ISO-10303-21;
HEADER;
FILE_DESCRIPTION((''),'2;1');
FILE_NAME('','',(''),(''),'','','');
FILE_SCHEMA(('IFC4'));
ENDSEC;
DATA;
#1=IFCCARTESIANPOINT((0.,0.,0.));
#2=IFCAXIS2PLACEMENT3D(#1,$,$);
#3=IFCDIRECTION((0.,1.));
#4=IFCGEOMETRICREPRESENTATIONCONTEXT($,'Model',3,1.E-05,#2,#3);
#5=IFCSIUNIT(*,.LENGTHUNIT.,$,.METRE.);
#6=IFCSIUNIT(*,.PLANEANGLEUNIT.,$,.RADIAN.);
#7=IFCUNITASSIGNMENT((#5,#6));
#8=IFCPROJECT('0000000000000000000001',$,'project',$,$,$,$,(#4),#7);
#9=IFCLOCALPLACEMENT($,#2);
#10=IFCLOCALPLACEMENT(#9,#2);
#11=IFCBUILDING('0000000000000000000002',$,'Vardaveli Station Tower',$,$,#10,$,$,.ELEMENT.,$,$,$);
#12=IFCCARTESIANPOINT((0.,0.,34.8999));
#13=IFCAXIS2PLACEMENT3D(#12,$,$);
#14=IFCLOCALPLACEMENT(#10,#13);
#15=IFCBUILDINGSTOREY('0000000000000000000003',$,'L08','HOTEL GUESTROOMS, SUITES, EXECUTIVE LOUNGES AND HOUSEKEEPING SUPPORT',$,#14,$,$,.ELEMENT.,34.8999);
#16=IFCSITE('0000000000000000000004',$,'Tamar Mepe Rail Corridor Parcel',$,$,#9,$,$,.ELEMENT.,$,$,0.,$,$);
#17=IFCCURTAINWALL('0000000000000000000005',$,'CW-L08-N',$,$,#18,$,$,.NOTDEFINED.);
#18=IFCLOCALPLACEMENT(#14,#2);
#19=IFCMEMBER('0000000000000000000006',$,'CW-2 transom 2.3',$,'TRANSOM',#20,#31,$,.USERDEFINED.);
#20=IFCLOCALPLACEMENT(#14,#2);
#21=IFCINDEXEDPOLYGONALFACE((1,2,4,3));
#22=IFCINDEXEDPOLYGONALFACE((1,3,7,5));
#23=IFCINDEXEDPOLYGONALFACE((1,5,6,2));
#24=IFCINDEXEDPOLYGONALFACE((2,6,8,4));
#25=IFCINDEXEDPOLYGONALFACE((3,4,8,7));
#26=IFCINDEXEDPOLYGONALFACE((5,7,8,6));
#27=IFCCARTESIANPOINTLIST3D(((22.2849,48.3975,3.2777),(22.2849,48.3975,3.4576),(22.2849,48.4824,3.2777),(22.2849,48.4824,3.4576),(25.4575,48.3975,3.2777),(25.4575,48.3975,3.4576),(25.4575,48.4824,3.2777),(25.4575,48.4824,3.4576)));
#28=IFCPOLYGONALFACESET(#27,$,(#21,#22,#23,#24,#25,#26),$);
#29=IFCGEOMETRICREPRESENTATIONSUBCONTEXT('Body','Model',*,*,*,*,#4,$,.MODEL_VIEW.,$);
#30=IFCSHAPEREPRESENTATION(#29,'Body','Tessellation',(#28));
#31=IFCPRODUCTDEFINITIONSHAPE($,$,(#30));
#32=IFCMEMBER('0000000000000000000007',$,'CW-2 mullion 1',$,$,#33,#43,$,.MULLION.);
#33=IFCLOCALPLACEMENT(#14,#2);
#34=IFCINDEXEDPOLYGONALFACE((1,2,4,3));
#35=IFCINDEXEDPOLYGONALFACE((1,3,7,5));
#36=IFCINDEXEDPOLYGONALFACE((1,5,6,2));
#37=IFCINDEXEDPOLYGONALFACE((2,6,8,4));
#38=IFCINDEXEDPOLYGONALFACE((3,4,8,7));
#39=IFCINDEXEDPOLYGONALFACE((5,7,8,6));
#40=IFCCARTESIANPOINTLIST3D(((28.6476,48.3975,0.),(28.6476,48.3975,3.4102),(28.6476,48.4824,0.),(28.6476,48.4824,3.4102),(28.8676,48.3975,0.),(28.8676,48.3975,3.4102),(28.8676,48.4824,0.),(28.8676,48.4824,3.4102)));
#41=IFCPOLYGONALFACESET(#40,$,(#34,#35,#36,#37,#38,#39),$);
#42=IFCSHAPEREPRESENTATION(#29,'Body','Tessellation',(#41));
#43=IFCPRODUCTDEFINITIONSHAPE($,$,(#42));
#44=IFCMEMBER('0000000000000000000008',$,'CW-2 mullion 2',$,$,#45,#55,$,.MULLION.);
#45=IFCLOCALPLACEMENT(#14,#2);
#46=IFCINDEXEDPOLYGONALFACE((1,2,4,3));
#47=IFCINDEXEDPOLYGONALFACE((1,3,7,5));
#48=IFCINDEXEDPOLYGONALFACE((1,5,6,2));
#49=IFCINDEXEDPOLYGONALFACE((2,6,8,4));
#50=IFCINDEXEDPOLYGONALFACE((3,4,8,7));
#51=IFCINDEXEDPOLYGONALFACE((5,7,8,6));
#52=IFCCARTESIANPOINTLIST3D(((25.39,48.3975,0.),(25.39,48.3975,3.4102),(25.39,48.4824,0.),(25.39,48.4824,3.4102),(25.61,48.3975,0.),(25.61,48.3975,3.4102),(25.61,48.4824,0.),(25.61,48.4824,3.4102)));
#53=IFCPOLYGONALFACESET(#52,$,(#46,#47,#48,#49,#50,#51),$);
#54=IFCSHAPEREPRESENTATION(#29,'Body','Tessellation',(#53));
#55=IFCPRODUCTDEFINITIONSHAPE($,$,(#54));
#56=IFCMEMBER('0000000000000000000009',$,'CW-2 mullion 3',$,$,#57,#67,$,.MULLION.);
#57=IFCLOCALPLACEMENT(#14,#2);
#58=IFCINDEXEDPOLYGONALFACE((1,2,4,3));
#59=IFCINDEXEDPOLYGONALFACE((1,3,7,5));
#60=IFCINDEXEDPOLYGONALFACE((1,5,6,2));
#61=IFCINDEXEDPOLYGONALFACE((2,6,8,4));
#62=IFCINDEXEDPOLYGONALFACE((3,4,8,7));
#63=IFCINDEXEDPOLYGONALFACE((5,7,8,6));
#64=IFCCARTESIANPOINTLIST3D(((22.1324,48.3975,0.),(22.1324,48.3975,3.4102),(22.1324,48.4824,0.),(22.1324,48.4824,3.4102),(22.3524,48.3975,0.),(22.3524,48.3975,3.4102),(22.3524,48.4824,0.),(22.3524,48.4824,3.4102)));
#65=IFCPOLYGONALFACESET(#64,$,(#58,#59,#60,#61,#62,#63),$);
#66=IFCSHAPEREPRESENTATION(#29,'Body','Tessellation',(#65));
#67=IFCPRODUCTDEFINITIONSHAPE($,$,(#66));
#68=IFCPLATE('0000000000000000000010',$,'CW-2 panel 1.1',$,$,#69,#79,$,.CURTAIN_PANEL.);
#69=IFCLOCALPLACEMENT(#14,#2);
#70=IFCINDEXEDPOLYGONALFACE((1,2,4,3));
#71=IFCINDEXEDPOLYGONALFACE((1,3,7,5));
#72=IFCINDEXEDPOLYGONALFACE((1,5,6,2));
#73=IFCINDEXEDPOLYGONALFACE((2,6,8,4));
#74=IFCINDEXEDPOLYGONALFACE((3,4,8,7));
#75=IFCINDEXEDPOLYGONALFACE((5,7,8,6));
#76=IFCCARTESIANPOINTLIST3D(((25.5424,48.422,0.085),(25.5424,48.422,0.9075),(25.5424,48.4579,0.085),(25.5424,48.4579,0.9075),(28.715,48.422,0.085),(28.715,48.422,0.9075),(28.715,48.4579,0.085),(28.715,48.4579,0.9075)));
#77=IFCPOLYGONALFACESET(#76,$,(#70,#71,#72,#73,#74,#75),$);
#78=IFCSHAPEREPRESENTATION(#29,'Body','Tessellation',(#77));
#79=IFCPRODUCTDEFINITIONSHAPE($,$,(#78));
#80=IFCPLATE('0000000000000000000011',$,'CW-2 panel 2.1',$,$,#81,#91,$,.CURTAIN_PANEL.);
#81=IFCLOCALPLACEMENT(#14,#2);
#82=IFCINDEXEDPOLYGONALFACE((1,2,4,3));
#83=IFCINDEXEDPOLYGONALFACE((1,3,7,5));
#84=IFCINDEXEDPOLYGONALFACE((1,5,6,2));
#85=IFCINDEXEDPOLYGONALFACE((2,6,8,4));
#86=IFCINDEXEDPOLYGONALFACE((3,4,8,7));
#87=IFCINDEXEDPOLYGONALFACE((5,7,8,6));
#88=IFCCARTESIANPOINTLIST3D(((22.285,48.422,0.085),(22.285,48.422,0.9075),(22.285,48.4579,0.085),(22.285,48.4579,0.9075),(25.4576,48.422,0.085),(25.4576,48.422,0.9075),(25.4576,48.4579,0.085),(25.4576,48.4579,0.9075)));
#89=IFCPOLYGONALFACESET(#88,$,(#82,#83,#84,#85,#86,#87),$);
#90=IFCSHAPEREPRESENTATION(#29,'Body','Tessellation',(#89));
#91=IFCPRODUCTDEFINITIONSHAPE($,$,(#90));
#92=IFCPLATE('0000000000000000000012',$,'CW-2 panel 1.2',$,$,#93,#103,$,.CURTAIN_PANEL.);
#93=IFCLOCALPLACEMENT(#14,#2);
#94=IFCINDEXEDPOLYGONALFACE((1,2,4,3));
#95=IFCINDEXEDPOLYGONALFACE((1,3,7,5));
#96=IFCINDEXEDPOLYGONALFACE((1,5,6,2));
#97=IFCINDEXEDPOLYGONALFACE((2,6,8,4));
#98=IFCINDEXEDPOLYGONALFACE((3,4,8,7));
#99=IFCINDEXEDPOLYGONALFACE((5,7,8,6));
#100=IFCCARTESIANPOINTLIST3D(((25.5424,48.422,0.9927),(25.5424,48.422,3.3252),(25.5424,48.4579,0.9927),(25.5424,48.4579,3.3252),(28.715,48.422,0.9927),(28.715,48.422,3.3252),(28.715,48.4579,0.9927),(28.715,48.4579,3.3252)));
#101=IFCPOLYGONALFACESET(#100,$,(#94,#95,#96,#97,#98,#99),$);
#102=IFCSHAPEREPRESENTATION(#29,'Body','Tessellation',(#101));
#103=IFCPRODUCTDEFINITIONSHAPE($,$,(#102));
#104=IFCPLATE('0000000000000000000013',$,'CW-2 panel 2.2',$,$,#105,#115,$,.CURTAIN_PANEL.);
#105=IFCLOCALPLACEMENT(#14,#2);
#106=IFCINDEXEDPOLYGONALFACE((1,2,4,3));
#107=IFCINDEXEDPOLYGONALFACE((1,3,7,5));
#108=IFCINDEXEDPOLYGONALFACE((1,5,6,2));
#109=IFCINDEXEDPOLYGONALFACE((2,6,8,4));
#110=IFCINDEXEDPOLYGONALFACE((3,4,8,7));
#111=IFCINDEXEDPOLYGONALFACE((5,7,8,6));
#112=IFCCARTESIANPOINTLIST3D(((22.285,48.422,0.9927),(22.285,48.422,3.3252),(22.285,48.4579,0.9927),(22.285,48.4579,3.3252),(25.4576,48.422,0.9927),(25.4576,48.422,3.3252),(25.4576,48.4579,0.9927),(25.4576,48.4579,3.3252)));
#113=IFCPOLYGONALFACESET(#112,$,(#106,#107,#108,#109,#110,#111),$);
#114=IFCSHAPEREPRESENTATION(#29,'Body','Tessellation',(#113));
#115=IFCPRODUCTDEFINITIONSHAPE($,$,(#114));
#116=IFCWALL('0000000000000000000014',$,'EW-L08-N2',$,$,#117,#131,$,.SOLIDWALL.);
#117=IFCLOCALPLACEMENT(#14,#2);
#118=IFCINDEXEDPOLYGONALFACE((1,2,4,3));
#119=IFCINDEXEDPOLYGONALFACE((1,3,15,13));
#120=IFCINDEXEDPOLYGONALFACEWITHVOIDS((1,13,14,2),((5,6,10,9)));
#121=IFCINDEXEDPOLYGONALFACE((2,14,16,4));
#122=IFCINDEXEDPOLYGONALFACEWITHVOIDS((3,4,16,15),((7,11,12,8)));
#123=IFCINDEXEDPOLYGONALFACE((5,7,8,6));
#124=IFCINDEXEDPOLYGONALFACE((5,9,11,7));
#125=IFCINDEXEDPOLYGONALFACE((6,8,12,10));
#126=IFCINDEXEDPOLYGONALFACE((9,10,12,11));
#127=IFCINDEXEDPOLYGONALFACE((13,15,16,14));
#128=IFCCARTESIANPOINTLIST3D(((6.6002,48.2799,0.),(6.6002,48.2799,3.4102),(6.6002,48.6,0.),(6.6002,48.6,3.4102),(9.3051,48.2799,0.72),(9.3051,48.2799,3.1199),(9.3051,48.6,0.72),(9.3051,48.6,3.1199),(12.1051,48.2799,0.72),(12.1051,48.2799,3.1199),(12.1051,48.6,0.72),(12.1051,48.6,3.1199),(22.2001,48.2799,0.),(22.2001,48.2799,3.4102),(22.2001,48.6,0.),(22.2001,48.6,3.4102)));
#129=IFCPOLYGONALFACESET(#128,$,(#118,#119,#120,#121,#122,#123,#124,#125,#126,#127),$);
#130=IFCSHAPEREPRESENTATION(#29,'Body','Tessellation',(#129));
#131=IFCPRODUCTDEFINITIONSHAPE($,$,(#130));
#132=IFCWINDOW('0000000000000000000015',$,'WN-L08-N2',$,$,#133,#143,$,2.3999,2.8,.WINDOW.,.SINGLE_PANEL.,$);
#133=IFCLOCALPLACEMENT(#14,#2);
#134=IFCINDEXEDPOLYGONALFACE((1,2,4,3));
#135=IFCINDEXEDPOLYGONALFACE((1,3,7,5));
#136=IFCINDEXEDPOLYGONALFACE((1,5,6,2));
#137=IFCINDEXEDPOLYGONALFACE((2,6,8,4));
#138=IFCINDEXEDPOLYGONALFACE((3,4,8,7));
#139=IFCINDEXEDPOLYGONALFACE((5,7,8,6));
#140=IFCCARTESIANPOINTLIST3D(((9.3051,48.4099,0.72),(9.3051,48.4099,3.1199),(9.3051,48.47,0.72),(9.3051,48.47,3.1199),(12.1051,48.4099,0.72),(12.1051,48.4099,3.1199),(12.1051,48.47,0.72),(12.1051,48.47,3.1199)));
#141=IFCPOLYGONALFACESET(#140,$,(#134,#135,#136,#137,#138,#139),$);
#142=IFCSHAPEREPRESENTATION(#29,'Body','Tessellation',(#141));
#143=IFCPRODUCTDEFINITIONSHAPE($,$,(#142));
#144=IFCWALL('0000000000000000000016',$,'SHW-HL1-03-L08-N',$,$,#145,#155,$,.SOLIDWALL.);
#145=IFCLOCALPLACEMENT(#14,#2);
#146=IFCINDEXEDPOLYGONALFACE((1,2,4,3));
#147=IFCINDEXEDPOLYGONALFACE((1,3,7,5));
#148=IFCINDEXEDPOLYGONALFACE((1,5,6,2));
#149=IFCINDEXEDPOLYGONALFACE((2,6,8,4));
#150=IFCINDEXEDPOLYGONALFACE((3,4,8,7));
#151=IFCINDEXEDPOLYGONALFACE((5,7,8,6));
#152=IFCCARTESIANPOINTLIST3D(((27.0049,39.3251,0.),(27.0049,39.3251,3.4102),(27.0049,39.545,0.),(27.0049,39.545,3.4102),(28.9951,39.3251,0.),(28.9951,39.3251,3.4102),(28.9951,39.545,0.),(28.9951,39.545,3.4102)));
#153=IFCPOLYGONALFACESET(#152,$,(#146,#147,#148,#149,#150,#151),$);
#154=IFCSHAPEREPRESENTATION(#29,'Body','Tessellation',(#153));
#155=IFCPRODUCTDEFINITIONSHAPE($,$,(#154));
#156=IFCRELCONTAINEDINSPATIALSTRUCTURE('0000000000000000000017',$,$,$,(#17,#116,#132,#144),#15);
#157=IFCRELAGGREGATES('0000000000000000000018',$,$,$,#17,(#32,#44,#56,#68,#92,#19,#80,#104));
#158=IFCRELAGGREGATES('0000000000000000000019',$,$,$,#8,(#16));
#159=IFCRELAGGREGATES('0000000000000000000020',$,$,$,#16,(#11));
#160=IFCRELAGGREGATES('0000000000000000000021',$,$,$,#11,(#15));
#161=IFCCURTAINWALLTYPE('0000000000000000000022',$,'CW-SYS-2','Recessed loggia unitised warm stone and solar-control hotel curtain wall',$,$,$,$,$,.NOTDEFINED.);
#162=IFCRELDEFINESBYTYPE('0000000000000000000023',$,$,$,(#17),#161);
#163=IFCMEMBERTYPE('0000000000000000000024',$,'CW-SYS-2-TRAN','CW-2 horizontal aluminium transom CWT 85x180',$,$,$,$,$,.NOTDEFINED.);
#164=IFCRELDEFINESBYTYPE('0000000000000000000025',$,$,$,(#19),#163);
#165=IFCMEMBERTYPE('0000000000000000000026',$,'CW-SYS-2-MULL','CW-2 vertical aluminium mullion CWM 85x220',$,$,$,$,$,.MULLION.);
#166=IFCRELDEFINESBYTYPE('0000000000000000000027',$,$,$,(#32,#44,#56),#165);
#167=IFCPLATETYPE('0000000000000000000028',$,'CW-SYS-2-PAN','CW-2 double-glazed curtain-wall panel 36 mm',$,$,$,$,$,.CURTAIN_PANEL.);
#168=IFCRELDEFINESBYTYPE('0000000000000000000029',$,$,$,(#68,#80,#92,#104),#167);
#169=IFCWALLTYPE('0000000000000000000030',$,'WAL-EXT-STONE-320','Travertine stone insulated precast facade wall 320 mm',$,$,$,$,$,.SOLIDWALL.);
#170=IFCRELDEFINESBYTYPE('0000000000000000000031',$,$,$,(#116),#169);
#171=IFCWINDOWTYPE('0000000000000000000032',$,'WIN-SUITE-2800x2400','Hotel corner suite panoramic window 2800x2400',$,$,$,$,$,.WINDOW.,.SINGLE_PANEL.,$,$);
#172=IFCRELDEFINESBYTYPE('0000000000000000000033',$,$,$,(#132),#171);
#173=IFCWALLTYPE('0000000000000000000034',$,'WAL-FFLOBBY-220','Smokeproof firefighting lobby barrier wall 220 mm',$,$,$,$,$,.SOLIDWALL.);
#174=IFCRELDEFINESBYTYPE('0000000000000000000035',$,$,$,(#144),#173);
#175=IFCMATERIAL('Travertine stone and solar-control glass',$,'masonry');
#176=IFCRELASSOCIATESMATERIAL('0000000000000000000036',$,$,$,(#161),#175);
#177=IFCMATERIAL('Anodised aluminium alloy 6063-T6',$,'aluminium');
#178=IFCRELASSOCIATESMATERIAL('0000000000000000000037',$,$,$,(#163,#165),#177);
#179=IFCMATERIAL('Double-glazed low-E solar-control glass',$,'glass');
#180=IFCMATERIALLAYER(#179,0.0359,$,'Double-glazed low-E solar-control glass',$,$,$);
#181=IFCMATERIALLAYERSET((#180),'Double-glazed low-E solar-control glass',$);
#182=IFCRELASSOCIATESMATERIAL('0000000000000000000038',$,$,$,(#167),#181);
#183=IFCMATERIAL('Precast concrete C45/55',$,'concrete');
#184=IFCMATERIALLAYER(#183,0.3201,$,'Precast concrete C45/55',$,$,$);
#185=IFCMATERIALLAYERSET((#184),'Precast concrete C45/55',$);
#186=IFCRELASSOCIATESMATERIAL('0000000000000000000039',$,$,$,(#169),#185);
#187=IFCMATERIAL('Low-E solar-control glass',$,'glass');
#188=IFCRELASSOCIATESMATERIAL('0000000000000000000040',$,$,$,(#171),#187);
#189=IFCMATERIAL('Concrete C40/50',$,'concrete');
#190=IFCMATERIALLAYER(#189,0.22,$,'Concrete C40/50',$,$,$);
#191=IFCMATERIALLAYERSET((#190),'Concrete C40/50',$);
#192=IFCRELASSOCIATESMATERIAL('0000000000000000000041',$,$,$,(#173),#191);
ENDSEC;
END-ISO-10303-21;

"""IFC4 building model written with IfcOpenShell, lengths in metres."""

from ifc_helpers import new_model, si_unit, direction, frame, frame_2d, origin, origin_2d, place, context, subcontext, project, spatial, rectangle, extrude, source, transform, mapped, material, layer, layer_set, material_profile, profile_set, type_object, element, fill, aggregate, save


model = new_model("IFC4")

# Units and contexts
model_context = context("Model", 3, precision=1e-05, world=origin(), true_north=direction((0.0, 1.0)))
body_context = subcontext(model_context, "Body", "Model", "MODEL_VIEW")
ifc_project = project(units=[si_unit("LENGTHUNIT", "METRE"), si_unit("PLANEANGLEUNIT", "RADIAN")], contexts=[model_context])

# Site, building, storey
site_placement = place(None, origin())
site = spatial("IfcSite", under=ifc_project, at=site_placement, Name="Tamar Mepe Rail Corridor Parcel", CompositionType="ELEMENT", RefElevation=0.0)
building_placement = place(site_placement, origin())
building = spatial("IfcBuilding", under=site, at=building_placement, Name="Vardaveli Station Tower", CompositionType="ELEMENT")
storey_placement = place(building_placement, frame((0.0, 0.0, 34.8999)))
storey = spatial("IfcBuildingStorey", under=building, at=storey_placement, Name="L08", Description="HOTEL GUESTROOMS, SUITES, EXECUTIVE LOUNGES AND HOUSEKEEPING SUPPORT", CompositionType="ELEMENT", Elevation=34.8999)

# Shared definitions
ifc_material_1 = material(Name="Precast concrete C45/55", Category="concrete")

# Curtain wall, members, plates
ifc_material_2 = material(Name="Travertine stone and solar-control glass", Category="masonry")
curtain_wall_type = type_object("IfcCurtainWallType", Name="CW-SYS-2", Description="Recessed loggia unitised warm stone and solar-control hotel curtain wall", PredefinedType="NOTDEFINED", material=ifc_material_2)
curtain_wall_placement = place(storey_placement, origin())
curtain_wall = element("IfcCurtainWall", 1, at=curtain_wall_placement, inside=storey, type_object=curtain_wall_type, Name="CW-L08-N", PredefinedType="NOTDEFINED")
ifc_material_3 = material(Name="Anodised aluminium alloy 6063-T6", Category="aluminium")
ifc_material_profile_1 = material_profile(ifc_material_3, rectangle(XDim=0.085, YDim=0.1799, at=origin_2d()), Name="CWT 85x180")
ifc_profile_set_1 = profile_set([ifc_material_profile_1], Name="Anodised aluminium alloy 6063-T6")
member_type_1 = type_object("IfcMemberType", Name="CW-SYS-2-TRAN", Description="CW-2 horizontal aluminium transom CWT 85x180", PredefinedType="NOTDEFINED", material=ifc_profile_set_1)
shared_shape_1 = source(origin(), body_context, "Body", "SweptSolid", [
    extrude(rectangle(XDim=0.085, YDim=0.1799, at=origin_2d()), origin(), (0.0, 0.0, 1.0), 3.1726),
])
member_1_placement = place(storey_placement, frame((25.4575, 48.4399, 3.3677), z_axis=(-1.0, 0.0, 0.0), x_axis=(0.0, -1.0, 0.0)))
member_1 = element("IfcMember", 2, at=member_1_placement, type_object=member_type_1, Name="CW-2 transom 2.3", ObjectType="TRANSOM", PredefinedType="USERDEFINED", context=body_context, shape_type="MappedRepresentation", body=[
    mapped(shared_shape_1, transform((0.0, 0.0, 0.0), scale=1.0)),
])
ifc_material_profile_2 = material_profile(ifc_material_3, rectangle(XDim=0.085, YDim=0.22, at=origin_2d()), Name="CWM 85x220")
ifc_profile_set_2 = profile_set([ifc_material_profile_2], Name="Anodised aluminium alloy 6063-T6")
member_type_2 = type_object("IfcMemberType", Name="CW-SYS-2-MULL", Description="CW-2 vertical aluminium mullion CWM 85x220", PredefinedType="MULLION", material=ifc_profile_set_2)
shared_shape_2 = source(origin(), body_context, "Body", "SweptSolid", [
    extrude(rectangle(XDim=0.085, YDim=0.22, at=origin_2d()), origin(), (0.0, 0.0, 1.0), 3.4102),
])
member_2_placement = place(storey_placement, frame((28.7576, 48.4399, 0.0), z_axis=(0.0, 0.0, 1.0), x_axis=(0.0, -1.0, 0.0)))
member_2 = element("IfcMember", 3, at=member_2_placement, type_object=member_type_2, Name="CW-2 mullion 1", PredefinedType="MULLION", context=body_context, shape_type="MappedRepresentation", body=[
    mapped(shared_shape_2, transform((0.0, 0.0, 0.0), scale=1.0)),
])
member_3_placement = place(storey_placement, frame((25.5, 48.4399, 0.0), z_axis=(0.0, 0.0, 1.0), x_axis=(0.0, -1.0, 0.0)))
member_3 = element("IfcMember", 4, at=member_3_placement, type_object=member_type_2, Name="CW-2 mullion 2", PredefinedType="MULLION", context=body_context, shape_type="MappedRepresentation", body=[
    mapped(shared_shape_2, transform((0.0, 0.0, 0.0), scale=1.0)),
])
member_4_placement = place(storey_placement, frame((22.2424, 48.4399, 0.0), z_axis=(0.0, 0.0, 1.0), x_axis=(0.0, -1.0, 0.0)))
member_4 = element("IfcMember", 5, at=member_4_placement, type_object=member_type_2, Name="CW-2 mullion 3", PredefinedType="MULLION", context=body_context, shape_type="MappedRepresentation", body=[
    mapped(shared_shape_2, transform((0.0, 0.0, 0.0), scale=1.0)),
])
ifc_material_4 = material(Name="Double-glazed low-E solar-control glass", Category="glass")
ifc_layer_1 = layer(ifc_material_4, 0.0359, Name="Double-glazed low-E solar-control glass")
ifc_layer_set_1 = layer_set([ifc_layer_1], Name="Double-glazed low-E solar-control glass")
plate_type = type_object("IfcPlateType", Name="CW-SYS-2-PAN", Description="CW-2 double-glazed curtain-wall panel 36 mm", PredefinedType="CURTAIN_PANEL", material=ifc_layer_set_1)
shared_shape_3 = source(origin(), body_context, "Body", "SweptSolid", [
    extrude(rectangle(XDim=3.1726, YDim=0.0359, at=origin_2d()), origin(), (0.0, 0.0, 1.0), 0.8225),
])
plate_1_placement = place(storey_placement, frame((27.1287, 48.4399, 0.085), z_axis=(0.0, 0.0, 1.0), x_axis=(-1.0, 0.0, 0.0)))
plate_1 = element("IfcPlate", 6, at=plate_1_placement, type_object=plate_type, Name="CW-2 panel 1.1", PredefinedType="CURTAIN_PANEL", context=body_context, shape_type="MappedRepresentation", body=[
    mapped(shared_shape_3, transform((0.0, 0.0, 0.0), scale=1.0)),
])
plate_2_placement = place(storey_placement, frame((23.8713, 48.4399, 0.085), z_axis=(0.0, 0.0, 1.0), x_axis=(-1.0, 0.0, 0.0)))
plate_2 = element("IfcPlate", 7, at=plate_2_placement, type_object=plate_type, Name="CW-2 panel 2.1", PredefinedType="CURTAIN_PANEL", context=body_context, shape_type="MappedRepresentation", body=[
    mapped(shared_shape_3, transform((0.0, 0.0, 0.0), scale=1.0)),
])
shared_shape_4 = source(origin(), body_context, "Body", "SweptSolid", [
    extrude(rectangle(XDim=3.1726, YDim=0.0359, at=origin_2d()), origin(), (0.0, 0.0, 1.0), 2.3325),
])
plate_3_placement = place(storey_placement, frame((27.1287, 48.4399, 0.9927), z_axis=(0.0, 0.0, 1.0), x_axis=(-1.0, 0.0, 0.0)))
plate_3 = element("IfcPlate", 8, at=plate_3_placement, type_object=plate_type, Name="CW-2 panel 1.2", PredefinedType="CURTAIN_PANEL", context=body_context, shape_type="MappedRepresentation", body=[
    mapped(shared_shape_4, transform((0.0, 0.0, 0.0), scale=1.0)),
])
plate_4_placement = place(storey_placement, frame((23.8713, 48.4399, 0.9927), z_axis=(0.0, 0.0, 1.0), x_axis=(-1.0, 0.0, 0.0)))
plate_4 = element("IfcPlate", 9, at=plate_4_placement, type_object=plate_type, Name="CW-2 panel 2.2", PredefinedType="CURTAIN_PANEL", context=body_context, shape_type="MappedRepresentation", body=[
    mapped(shared_shape_4, transform((0.0, 0.0, 0.0), scale=1.0)),
])
aggregate(curtain_wall, [member_2, member_3, member_4, plate_1, plate_3, member_1, plate_2, plate_4])

# Wall, opening, window
ifc_layer_2 = layer(ifc_material_1, 0.3201, Name="Precast concrete C45/55")
ifc_layer_set_2 = layer_set([ifc_layer_2], Name="Precast concrete C45/55")
wall_type_1 = type_object("IfcWallType", Name="WAL-EXT-STONE-320", Description="Travertine stone insulated precast facade wall 320 mm", PredefinedType="SOLIDWALL", material=ifc_layer_set_2)
shared_shape_5 = source(origin(), body_context, "Body", "SweptSolid", [
    extrude(rectangle(XDim=15.5999, YDim=0.3201, at=frame_2d((7.7998, 0.0))), origin(), (0.0, 0.0, 1.0), 3.4102),
])
wall_1_placement = place(storey_placement, frame((22.2, 48.4399, 0.0), z_axis=(0.0, 0.0, 1.0), x_axis=(-1.0, 0.0, 0.0)))
wall_1 = element("IfcWall", 10, at=wall_1_placement, inside=storey, type_object=wall_type_1, Name="EW-L08-N2", PredefinedType="SOLIDWALL", context=body_context, shape_type="MappedRepresentation", body=[
    mapped(shared_shape_5, transform((0.0, 0.0, 0.0), scale=1.0)),
])
shared_shape_6 = source(origin(), body_context, "Body", "SweptSolid", [
    extrude(rectangle(XDim=2.8, YDim=2.3999, at=frame_2d((1.3999, 1.2))), frame((0.0, 0.1699, 0.0), z_axis=(0.0, -1.0, 0.0), x_axis=(1.0, 0.0, 0.0)), (0.0, 0.0, 1.0), 0.3401),
])
opening_1_placement = place(wall_1_placement, frame((10.095, 0.0, 0.72)))
opening_1 = element("IfcOpeningElement", 11, at=opening_1_placement, cuts=wall_1, PredefinedType="OPENING", context=body_context, shape_type="MappedRepresentation", body=[
    mapped(shared_shape_6, transform((0.0, 0.0, 0.0), scale=1.0)),
])
ifc_material_5 = material(Name="Low-E solar-control glass", Category="glass")
window_type = type_object("IfcWindowType", Name="WIN-SUITE-2800x2400", Description="Hotel corner suite panoramic window 2800x2400", PartitioningType="SINGLE_PANEL", PredefinedType="WINDOW", material=ifc_material_5)
shared_shape_7 = source(origin(), body_context, "Body", "SweptSolid", [
    extrude(rectangle(XDim=2.8, YDim=2.3999, at=frame_2d((1.3999, 1.2))), frame((0.0, 0.03, 0.0), z_axis=(0.0, -1.0, 0.0), x_axis=(1.0, 0.0, 0.0)), (0.0, 0.0, 1.0), 0.0601),
])
window_placement = place(opening_1_placement, origin())
window = element("IfcWindow", 12, at=window_placement, inside=storey, type_object=window_type, Name="WN-L08-N2", OverallHeight=2.3999, OverallWidth=2.8, PartitioningType="SINGLE_PANEL", PredefinedType="WINDOW", context=body_context, shape_type="MappedRepresentation", body=[
    mapped(shared_shape_7, transform((0.0, 0.0, 0.0), scale=1.0)),
])
fill(opening_1, window)

# Wall
ifc_material_6 = material(Name="Concrete C40/50", Category="concrete")
ifc_layer_3 = layer(ifc_material_6, 0.22, Name="Concrete C40/50")
ifc_layer_set_3 = layer_set([ifc_layer_3], Name="Concrete C40/50")
wall_type_2 = type_object("IfcWallType", Name="WAL-FFLOBBY-220", Description="Smokeproof firefighting lobby barrier wall 220 mm", PredefinedType="SOLIDWALL", material=ifc_layer_set_3)
shared_shape_8 = source(origin(), body_context, "Body", "SweptSolid", [
    extrude(rectangle(XDim=1.9902, YDim=0.22, at=frame_2d((0.9951, 0.0))), origin(), (0.0, 0.0, 1.0), 3.4102),
])
wall_2_placement = place(storey_placement, frame((27.0049, 39.4351, 0.0), z_axis=(0.0, 0.0, 1.0), x_axis=(1.0, 0.0, 0.0)))
element("IfcWall", 13, at=wall_2_placement, inside=storey, type_object=wall_type_2, Name="SHW-HL1-03-L08-N", PredefinedType="SOLIDWALL", context=body_context, shape_type="MappedRepresentation", body=[
    mapped(shared_shape_8, transform((0.0, 0.0, 0.0), scale=1.0)),
])

save(model, "model.ifc")
